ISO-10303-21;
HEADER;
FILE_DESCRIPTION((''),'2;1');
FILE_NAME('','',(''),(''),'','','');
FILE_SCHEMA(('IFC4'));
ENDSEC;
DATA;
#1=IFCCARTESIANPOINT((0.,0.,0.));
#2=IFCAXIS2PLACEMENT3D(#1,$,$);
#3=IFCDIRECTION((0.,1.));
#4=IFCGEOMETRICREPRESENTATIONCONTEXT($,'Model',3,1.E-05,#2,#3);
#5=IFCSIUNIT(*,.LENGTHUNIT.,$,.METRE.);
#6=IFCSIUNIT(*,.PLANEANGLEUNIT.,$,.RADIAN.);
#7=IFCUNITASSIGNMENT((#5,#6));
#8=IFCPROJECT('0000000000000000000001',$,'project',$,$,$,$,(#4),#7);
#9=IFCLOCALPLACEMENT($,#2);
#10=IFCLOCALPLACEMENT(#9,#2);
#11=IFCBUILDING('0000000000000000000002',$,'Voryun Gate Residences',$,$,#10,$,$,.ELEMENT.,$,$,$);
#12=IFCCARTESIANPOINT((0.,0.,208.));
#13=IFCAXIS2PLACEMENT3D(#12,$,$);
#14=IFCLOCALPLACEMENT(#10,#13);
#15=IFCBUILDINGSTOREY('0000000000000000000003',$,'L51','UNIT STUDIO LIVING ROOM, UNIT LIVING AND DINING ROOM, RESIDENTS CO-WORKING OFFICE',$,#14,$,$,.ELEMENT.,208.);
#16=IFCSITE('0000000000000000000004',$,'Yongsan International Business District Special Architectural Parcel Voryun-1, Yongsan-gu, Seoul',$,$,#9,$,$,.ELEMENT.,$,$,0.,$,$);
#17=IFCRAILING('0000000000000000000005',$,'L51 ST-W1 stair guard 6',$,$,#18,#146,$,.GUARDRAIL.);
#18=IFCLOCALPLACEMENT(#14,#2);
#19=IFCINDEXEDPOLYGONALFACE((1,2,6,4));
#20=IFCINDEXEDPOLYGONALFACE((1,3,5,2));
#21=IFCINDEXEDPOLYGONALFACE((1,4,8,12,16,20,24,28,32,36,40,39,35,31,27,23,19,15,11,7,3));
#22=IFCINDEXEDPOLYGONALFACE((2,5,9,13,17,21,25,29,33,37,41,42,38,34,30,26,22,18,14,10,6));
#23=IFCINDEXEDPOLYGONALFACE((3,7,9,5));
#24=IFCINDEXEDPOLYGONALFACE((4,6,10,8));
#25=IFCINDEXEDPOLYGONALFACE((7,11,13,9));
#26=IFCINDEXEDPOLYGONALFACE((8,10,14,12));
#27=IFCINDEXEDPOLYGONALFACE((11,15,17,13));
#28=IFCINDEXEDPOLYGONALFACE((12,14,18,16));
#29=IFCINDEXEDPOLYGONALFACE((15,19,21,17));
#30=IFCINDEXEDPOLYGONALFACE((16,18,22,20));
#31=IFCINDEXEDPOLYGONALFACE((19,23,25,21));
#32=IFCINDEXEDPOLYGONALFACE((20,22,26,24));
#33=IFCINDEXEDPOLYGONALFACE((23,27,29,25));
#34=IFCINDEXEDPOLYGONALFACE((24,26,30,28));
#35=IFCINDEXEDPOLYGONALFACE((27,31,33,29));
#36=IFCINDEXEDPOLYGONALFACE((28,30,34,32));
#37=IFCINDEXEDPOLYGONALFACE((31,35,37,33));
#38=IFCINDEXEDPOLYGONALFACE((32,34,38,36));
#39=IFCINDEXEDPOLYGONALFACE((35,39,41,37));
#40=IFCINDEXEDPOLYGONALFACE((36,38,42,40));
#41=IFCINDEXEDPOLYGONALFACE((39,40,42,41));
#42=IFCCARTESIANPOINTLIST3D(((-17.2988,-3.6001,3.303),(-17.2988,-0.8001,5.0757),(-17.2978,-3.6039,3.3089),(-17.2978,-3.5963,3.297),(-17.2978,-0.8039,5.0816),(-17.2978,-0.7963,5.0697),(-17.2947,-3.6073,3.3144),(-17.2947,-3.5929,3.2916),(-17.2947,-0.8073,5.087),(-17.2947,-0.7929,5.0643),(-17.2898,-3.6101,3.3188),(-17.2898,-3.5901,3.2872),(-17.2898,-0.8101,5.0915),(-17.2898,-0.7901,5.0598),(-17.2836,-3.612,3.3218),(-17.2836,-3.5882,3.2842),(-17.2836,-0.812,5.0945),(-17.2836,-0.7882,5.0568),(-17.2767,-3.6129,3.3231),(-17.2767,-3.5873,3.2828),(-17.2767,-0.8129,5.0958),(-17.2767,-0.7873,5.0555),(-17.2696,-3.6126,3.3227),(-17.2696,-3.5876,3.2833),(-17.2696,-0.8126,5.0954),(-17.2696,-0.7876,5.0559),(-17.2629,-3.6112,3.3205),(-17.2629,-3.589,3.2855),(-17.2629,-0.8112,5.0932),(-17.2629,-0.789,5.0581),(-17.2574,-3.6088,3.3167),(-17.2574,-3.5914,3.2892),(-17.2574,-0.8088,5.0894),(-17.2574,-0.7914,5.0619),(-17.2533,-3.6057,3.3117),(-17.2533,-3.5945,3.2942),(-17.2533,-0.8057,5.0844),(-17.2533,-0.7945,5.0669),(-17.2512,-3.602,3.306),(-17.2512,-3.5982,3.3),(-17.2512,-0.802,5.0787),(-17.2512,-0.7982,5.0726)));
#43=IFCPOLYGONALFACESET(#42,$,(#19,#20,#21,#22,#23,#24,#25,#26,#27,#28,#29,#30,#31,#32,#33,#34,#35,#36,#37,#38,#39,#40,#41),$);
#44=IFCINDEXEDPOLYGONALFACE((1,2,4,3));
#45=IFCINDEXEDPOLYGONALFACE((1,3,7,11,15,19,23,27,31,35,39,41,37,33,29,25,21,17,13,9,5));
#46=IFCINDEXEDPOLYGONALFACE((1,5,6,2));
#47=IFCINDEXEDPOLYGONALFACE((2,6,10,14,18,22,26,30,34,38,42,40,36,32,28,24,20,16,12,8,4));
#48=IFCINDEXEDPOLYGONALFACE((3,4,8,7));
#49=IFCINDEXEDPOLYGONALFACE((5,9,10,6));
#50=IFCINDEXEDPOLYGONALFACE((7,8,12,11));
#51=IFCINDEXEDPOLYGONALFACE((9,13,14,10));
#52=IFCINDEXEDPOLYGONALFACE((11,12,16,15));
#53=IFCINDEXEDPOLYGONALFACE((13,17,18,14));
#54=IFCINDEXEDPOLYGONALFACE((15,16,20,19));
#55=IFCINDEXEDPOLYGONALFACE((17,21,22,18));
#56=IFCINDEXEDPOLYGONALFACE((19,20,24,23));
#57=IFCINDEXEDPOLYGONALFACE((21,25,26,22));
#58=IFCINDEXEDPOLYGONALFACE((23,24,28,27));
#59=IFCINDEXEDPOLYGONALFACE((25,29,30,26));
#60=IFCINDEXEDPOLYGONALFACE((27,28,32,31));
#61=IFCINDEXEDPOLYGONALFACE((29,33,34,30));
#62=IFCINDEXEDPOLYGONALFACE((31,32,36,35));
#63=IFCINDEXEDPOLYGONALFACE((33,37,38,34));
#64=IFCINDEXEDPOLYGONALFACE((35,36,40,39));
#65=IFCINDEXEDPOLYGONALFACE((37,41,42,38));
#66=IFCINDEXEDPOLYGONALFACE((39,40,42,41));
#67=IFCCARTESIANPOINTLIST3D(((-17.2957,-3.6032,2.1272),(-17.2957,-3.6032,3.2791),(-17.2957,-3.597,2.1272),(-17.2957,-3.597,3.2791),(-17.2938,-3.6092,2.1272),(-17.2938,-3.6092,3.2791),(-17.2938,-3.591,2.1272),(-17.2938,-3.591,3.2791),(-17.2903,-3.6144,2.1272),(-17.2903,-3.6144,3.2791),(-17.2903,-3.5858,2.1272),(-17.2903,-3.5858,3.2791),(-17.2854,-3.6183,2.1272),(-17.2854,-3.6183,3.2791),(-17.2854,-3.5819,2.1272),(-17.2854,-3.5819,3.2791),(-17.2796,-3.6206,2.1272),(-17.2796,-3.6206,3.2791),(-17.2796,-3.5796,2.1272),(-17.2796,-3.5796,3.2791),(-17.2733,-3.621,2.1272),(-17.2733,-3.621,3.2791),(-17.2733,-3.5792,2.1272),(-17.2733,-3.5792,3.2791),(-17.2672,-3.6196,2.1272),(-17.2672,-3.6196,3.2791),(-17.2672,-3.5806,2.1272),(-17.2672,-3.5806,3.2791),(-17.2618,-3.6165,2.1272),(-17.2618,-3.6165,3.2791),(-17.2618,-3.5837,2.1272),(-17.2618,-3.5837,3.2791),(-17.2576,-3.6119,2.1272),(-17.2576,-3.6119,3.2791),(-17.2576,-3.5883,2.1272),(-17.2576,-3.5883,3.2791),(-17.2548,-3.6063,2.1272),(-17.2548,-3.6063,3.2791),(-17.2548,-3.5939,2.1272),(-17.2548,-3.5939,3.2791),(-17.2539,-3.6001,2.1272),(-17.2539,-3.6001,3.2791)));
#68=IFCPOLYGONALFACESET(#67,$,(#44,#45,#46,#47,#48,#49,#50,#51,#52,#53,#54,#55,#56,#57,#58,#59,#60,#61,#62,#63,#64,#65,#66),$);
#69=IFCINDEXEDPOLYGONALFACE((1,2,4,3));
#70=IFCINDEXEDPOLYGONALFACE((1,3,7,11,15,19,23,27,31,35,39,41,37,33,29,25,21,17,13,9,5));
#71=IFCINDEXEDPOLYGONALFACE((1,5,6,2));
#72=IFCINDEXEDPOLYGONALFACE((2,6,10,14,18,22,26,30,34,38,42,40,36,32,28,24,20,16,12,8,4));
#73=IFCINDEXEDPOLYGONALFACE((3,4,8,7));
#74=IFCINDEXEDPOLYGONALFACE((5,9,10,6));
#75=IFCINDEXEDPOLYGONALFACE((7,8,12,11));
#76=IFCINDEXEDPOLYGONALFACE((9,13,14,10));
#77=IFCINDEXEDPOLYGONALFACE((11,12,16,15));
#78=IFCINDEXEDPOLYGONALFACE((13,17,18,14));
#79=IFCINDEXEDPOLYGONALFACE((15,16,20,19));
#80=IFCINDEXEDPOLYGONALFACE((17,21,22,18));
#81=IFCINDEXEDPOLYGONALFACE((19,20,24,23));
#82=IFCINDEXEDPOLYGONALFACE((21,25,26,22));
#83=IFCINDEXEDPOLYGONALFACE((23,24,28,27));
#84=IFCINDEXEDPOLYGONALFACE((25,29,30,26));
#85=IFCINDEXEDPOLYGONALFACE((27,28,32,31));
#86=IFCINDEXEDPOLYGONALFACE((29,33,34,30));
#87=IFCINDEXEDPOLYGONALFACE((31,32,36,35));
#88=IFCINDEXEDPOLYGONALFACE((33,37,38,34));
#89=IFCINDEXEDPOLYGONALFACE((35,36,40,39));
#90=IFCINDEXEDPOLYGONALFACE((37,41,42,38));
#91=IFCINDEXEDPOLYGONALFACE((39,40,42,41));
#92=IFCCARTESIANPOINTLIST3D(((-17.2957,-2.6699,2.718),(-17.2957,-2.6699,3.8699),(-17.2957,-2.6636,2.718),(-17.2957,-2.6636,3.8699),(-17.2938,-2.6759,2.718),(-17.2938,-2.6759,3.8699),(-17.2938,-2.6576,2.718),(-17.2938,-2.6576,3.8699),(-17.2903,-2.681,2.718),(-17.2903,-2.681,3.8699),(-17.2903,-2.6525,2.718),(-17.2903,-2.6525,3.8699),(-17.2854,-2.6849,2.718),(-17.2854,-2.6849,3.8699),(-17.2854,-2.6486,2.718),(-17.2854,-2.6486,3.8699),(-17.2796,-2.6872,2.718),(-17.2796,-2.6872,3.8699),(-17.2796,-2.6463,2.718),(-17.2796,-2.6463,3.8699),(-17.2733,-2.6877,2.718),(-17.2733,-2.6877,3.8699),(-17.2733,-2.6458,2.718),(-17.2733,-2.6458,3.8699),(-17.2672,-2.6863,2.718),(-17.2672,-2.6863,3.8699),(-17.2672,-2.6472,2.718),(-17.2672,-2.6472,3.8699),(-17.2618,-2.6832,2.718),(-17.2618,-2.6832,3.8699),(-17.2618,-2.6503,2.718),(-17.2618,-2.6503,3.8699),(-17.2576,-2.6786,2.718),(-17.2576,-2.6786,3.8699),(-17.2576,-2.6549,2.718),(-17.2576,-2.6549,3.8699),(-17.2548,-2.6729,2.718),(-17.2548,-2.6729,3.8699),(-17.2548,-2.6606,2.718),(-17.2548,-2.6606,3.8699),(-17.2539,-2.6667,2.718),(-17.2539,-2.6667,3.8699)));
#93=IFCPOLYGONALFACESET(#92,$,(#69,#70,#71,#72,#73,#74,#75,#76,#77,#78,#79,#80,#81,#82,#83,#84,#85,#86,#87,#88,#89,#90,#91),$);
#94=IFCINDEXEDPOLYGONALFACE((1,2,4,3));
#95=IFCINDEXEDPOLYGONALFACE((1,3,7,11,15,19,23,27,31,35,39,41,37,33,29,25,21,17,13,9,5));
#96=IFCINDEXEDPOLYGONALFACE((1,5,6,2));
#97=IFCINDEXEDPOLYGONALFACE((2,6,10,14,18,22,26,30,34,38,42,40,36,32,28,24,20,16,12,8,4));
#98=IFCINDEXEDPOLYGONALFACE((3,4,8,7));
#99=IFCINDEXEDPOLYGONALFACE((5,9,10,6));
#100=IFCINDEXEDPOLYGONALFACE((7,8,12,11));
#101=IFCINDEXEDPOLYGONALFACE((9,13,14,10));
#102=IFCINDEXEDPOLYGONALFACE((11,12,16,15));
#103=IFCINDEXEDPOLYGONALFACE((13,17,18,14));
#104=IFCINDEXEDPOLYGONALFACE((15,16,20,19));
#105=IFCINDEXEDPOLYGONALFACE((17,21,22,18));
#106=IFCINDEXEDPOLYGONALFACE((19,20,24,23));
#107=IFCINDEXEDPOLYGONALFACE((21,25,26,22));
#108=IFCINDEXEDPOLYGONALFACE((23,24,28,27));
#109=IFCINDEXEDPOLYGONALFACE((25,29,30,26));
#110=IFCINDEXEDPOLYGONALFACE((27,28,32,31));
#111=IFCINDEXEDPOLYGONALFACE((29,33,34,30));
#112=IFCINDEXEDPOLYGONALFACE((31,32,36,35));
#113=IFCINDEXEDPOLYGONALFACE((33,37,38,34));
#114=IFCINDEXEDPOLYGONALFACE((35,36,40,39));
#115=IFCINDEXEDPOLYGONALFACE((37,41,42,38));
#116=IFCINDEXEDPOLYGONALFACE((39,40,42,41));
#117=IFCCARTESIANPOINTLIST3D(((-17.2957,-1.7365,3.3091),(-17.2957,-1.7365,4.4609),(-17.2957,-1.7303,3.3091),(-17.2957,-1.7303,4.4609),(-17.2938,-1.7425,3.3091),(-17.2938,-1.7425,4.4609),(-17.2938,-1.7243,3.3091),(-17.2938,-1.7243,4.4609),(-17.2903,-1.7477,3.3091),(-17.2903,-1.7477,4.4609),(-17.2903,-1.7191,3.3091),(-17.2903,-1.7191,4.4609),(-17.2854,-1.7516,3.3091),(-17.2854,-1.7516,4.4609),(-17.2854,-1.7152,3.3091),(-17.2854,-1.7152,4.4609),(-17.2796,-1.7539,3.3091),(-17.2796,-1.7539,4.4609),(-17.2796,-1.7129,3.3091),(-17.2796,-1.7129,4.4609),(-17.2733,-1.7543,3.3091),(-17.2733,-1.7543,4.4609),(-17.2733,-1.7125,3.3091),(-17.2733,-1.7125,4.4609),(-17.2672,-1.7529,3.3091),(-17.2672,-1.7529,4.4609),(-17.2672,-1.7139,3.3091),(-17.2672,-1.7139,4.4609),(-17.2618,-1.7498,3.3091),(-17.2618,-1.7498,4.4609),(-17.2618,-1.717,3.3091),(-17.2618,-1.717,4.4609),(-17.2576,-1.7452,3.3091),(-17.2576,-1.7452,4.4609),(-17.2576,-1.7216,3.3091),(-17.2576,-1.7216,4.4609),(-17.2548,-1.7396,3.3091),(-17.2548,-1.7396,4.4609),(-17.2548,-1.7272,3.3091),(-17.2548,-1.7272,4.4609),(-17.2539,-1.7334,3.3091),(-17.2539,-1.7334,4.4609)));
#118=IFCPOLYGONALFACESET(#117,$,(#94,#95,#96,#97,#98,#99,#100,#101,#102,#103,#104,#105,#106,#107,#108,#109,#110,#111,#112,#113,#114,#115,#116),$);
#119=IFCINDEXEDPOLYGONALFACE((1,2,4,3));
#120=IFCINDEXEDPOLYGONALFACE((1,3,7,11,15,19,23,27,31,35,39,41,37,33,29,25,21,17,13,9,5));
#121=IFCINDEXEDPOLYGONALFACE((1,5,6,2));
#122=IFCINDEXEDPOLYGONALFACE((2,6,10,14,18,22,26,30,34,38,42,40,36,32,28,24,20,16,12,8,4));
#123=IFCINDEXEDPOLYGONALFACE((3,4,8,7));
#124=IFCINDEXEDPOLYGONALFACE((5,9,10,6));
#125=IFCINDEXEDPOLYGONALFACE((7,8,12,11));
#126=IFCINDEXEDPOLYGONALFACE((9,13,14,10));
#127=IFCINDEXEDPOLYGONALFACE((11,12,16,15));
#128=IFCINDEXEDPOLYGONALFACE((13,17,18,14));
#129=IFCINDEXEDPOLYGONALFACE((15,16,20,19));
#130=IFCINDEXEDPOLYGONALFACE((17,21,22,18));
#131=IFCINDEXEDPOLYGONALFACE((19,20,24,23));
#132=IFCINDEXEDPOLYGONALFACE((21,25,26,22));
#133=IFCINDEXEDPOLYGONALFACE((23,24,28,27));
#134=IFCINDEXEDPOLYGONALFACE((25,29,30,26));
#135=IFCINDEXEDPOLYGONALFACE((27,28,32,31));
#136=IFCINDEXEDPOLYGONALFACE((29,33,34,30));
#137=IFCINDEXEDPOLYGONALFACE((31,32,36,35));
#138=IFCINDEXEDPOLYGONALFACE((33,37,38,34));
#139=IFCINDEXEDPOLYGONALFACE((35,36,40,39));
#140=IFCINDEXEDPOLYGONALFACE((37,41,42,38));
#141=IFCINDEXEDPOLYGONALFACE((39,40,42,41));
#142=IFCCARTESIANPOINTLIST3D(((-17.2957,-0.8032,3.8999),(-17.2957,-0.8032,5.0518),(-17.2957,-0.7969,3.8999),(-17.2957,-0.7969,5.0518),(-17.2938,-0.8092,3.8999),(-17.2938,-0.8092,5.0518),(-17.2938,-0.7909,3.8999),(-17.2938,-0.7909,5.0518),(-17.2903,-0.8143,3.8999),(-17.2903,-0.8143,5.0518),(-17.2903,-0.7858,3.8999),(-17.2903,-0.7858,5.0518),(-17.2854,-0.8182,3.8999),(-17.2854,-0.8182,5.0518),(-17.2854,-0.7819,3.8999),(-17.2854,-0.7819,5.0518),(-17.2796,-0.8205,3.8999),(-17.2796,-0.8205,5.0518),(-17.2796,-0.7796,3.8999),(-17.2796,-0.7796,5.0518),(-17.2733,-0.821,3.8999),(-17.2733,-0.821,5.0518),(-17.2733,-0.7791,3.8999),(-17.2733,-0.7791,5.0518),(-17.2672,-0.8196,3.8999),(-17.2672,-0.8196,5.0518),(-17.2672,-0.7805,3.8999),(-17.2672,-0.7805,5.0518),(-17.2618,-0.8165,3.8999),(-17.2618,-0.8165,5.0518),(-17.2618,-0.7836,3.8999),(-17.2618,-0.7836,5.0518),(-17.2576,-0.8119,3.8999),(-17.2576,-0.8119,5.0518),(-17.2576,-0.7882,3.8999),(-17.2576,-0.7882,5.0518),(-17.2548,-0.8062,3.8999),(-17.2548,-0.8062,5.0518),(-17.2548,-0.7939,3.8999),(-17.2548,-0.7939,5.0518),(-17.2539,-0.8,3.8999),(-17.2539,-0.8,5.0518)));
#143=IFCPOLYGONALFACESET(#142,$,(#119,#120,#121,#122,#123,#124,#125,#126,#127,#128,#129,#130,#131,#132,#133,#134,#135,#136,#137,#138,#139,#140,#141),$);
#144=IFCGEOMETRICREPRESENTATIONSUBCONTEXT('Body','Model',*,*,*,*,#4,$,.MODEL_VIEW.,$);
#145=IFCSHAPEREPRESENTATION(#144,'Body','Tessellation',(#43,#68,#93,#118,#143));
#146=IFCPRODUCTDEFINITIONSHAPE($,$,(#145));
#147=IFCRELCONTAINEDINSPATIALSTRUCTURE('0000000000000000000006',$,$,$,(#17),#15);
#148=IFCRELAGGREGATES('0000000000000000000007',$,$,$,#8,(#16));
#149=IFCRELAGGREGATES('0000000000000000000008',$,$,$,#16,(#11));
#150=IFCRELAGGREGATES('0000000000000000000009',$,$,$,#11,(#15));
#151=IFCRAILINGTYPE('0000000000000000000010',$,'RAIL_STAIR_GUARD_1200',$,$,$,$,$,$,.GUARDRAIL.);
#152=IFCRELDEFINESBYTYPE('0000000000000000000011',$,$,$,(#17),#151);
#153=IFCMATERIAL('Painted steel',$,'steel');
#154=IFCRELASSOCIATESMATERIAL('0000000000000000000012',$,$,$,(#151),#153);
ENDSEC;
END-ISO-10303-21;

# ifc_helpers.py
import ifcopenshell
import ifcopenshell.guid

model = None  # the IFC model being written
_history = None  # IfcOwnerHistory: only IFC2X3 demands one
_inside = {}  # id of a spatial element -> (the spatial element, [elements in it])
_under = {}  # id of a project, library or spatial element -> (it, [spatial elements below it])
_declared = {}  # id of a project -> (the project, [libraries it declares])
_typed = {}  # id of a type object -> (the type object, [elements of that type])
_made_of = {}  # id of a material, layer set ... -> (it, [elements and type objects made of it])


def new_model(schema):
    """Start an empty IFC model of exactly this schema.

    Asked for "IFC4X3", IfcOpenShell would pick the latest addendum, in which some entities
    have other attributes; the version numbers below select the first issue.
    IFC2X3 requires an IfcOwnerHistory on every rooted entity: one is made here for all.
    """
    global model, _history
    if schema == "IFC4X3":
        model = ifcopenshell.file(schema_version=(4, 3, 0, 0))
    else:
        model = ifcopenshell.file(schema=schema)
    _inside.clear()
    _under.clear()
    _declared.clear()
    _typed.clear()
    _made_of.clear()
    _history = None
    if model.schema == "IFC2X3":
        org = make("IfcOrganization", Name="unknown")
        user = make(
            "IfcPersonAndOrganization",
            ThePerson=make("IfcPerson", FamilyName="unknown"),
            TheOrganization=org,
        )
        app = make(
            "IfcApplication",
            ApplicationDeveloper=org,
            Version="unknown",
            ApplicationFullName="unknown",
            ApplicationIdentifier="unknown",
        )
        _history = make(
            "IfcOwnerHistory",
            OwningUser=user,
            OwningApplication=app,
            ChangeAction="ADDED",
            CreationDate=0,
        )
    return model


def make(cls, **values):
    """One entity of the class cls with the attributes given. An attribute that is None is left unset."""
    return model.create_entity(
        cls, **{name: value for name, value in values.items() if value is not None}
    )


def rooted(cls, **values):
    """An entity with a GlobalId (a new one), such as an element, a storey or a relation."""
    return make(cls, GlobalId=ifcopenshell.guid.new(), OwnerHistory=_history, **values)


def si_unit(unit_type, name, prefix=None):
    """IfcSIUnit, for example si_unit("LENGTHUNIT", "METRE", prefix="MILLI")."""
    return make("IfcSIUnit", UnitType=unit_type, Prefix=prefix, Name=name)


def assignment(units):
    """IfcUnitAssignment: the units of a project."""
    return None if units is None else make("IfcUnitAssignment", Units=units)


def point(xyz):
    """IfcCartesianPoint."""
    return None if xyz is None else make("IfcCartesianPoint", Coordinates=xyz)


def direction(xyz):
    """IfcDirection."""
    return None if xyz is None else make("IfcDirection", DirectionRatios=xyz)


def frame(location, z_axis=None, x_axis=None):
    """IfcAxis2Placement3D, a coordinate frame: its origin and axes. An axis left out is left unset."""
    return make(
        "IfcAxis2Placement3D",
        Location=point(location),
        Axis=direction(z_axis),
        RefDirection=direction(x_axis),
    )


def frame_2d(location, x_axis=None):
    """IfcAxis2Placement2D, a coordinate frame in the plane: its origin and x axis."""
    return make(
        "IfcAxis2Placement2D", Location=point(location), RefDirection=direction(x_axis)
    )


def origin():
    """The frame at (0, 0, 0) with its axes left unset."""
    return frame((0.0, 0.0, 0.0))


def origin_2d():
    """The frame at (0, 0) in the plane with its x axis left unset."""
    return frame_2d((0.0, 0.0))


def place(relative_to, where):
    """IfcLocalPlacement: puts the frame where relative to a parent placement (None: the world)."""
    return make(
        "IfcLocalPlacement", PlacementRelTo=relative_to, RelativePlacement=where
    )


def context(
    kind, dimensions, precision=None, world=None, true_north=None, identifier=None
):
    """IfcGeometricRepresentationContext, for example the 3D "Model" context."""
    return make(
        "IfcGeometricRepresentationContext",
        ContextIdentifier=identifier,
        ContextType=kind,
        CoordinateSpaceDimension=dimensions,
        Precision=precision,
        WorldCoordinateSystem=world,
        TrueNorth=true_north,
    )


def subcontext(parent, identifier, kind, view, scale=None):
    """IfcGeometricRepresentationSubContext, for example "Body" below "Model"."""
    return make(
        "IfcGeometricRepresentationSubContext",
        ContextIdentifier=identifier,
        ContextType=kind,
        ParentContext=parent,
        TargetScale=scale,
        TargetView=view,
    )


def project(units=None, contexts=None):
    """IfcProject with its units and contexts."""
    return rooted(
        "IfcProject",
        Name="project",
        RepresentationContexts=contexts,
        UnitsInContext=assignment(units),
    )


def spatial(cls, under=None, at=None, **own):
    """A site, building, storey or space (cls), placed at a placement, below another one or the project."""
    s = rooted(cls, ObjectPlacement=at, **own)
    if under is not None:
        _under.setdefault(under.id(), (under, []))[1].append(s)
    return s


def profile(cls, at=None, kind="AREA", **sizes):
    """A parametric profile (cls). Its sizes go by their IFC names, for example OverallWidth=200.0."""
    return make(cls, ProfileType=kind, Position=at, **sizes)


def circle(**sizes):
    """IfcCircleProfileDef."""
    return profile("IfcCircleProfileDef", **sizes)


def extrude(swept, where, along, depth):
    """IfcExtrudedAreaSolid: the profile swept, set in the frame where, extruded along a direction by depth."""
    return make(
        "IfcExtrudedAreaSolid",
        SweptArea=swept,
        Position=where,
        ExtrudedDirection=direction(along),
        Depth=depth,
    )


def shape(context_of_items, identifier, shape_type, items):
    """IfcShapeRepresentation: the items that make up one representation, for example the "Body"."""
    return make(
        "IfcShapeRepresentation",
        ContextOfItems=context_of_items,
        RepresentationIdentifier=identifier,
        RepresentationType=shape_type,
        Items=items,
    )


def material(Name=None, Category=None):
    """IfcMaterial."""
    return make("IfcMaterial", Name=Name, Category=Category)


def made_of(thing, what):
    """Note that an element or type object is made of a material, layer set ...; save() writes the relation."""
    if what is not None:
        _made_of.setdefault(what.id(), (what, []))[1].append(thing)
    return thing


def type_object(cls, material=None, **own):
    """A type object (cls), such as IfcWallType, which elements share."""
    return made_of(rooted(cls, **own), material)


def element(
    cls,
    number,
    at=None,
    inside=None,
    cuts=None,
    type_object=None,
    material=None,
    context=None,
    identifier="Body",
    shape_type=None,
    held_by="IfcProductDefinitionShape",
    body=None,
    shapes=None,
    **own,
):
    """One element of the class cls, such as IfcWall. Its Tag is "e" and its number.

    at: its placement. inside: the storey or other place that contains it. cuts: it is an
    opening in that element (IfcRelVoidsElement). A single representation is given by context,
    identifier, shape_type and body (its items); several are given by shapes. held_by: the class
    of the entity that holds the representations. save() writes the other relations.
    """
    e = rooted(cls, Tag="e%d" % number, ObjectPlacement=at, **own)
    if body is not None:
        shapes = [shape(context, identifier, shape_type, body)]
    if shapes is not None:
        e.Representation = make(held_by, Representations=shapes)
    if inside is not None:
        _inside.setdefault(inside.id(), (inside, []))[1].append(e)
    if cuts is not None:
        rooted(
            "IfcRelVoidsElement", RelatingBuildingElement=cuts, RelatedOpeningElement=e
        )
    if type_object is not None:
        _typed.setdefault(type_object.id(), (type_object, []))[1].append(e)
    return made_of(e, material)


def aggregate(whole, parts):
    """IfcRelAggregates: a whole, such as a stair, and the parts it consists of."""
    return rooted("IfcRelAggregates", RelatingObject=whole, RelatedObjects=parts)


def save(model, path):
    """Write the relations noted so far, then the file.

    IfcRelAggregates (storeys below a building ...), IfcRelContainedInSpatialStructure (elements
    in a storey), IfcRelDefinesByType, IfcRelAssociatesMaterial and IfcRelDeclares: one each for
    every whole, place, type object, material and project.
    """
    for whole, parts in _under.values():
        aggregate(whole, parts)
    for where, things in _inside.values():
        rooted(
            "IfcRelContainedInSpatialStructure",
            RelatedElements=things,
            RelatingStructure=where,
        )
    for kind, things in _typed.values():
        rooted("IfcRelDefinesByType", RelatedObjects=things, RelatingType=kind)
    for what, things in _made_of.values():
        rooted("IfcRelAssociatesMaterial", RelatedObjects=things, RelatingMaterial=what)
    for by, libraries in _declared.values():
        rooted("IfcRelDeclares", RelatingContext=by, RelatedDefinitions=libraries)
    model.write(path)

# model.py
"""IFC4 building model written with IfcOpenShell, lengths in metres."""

from ifc_helpers import new_model, si_unit, direction, frame, origin, origin_2d, place, context, subcontext, project, spatial, circle, extrude, material, type_object, element, save


model = new_model("IFC4")

# Units and contexts
model_context = context("Model", 3, precision=1e-05, world=origin(), true_north=direction((0.0, 1.0)))
body_context = subcontext(model_context, "Body", "Model", "MODEL_VIEW")
ifc_project = project(units=[si_unit("LENGTHUNIT", "METRE"), si_unit("PLANEANGLEUNIT", "RADIAN")], contexts=[model_context])

# Site, building, storey
site_placement = place(None, origin())
site = spatial("IfcSite", under=ifc_project, at=site_placement, Name="Yongsan International Business District Special Architectural Parcel Voryun-1, Yongsan-gu, Seoul", CompositionType="ELEMENT", RefElevation=0.0)
building_placement = place(site_placement, origin())
building = spatial("IfcBuilding", under=site, at=building_placement, Name="Voryun Gate Residences", CompositionType="ELEMENT")
storey_placement = place(building_placement, frame((0.0, 0.0, 208.0)))
storey = spatial("IfcBuildingStorey", under=building, at=storey_placement, Name="L51", Description="UNIT STUDIO LIVING ROOM, UNIT LIVING AND DINING ROOM, RESIDENTS CO-WORKING OFFICE", CompositionType="ELEMENT", Elevation=208.0)

# Railing
ifc_material_1 = material(Name="Painted steel", Category="steel")
railing_type_1 = type_object("IfcRailingType", Name="RAIL_STAIR_GUARD_1200", PredefinedType="GUARDRAIL", material=ifc_material_1)
railing_1_placement = place(storey_placement, frame((-17.2749, -3.6001, 2.1272)))
element("IfcRailing", 1, at=railing_1_placement, inside=storey, type_object=railing_type_1, Name="L51 ST-W1 stair guard 6", PredefinedType="GUARDRAIL", context=body_context, shape_type="SweptSolid", body=[
    extrude(circle(Radius=0.0239, at=origin_2d()), frame((0.0, 0.0, 1.1758), z_axis=(0.0, 0.844909, 0.53491), x_axis=(-1.0, 0.0, 0.0)), (0.0, 0.0, 1.0), 3.314),
    extrude(circle(Radius=0.021, at=origin_2d()), origin(), (0.0, 0.0, 1.0), 1.1519),
    extrude(circle(Radius=0.021, at=origin_2d()), frame((0.0, 0.9333, 0.5908)), (0.0, 0.0, 1.0), 1.1519),
    extrude(circle(Radius=0.021, at=origin_2d()), frame((0.0, 1.8667, 1.1819)), (0.0, 0.0, 1.0), 1.1519),
    extrude(circle(Radius=0.021, at=origin_2d()), frame((0.0, 2.8, 1.7727)), (0.0, 0.0, 1.0), 1.1519),
])

save(model, "model.ifc")
